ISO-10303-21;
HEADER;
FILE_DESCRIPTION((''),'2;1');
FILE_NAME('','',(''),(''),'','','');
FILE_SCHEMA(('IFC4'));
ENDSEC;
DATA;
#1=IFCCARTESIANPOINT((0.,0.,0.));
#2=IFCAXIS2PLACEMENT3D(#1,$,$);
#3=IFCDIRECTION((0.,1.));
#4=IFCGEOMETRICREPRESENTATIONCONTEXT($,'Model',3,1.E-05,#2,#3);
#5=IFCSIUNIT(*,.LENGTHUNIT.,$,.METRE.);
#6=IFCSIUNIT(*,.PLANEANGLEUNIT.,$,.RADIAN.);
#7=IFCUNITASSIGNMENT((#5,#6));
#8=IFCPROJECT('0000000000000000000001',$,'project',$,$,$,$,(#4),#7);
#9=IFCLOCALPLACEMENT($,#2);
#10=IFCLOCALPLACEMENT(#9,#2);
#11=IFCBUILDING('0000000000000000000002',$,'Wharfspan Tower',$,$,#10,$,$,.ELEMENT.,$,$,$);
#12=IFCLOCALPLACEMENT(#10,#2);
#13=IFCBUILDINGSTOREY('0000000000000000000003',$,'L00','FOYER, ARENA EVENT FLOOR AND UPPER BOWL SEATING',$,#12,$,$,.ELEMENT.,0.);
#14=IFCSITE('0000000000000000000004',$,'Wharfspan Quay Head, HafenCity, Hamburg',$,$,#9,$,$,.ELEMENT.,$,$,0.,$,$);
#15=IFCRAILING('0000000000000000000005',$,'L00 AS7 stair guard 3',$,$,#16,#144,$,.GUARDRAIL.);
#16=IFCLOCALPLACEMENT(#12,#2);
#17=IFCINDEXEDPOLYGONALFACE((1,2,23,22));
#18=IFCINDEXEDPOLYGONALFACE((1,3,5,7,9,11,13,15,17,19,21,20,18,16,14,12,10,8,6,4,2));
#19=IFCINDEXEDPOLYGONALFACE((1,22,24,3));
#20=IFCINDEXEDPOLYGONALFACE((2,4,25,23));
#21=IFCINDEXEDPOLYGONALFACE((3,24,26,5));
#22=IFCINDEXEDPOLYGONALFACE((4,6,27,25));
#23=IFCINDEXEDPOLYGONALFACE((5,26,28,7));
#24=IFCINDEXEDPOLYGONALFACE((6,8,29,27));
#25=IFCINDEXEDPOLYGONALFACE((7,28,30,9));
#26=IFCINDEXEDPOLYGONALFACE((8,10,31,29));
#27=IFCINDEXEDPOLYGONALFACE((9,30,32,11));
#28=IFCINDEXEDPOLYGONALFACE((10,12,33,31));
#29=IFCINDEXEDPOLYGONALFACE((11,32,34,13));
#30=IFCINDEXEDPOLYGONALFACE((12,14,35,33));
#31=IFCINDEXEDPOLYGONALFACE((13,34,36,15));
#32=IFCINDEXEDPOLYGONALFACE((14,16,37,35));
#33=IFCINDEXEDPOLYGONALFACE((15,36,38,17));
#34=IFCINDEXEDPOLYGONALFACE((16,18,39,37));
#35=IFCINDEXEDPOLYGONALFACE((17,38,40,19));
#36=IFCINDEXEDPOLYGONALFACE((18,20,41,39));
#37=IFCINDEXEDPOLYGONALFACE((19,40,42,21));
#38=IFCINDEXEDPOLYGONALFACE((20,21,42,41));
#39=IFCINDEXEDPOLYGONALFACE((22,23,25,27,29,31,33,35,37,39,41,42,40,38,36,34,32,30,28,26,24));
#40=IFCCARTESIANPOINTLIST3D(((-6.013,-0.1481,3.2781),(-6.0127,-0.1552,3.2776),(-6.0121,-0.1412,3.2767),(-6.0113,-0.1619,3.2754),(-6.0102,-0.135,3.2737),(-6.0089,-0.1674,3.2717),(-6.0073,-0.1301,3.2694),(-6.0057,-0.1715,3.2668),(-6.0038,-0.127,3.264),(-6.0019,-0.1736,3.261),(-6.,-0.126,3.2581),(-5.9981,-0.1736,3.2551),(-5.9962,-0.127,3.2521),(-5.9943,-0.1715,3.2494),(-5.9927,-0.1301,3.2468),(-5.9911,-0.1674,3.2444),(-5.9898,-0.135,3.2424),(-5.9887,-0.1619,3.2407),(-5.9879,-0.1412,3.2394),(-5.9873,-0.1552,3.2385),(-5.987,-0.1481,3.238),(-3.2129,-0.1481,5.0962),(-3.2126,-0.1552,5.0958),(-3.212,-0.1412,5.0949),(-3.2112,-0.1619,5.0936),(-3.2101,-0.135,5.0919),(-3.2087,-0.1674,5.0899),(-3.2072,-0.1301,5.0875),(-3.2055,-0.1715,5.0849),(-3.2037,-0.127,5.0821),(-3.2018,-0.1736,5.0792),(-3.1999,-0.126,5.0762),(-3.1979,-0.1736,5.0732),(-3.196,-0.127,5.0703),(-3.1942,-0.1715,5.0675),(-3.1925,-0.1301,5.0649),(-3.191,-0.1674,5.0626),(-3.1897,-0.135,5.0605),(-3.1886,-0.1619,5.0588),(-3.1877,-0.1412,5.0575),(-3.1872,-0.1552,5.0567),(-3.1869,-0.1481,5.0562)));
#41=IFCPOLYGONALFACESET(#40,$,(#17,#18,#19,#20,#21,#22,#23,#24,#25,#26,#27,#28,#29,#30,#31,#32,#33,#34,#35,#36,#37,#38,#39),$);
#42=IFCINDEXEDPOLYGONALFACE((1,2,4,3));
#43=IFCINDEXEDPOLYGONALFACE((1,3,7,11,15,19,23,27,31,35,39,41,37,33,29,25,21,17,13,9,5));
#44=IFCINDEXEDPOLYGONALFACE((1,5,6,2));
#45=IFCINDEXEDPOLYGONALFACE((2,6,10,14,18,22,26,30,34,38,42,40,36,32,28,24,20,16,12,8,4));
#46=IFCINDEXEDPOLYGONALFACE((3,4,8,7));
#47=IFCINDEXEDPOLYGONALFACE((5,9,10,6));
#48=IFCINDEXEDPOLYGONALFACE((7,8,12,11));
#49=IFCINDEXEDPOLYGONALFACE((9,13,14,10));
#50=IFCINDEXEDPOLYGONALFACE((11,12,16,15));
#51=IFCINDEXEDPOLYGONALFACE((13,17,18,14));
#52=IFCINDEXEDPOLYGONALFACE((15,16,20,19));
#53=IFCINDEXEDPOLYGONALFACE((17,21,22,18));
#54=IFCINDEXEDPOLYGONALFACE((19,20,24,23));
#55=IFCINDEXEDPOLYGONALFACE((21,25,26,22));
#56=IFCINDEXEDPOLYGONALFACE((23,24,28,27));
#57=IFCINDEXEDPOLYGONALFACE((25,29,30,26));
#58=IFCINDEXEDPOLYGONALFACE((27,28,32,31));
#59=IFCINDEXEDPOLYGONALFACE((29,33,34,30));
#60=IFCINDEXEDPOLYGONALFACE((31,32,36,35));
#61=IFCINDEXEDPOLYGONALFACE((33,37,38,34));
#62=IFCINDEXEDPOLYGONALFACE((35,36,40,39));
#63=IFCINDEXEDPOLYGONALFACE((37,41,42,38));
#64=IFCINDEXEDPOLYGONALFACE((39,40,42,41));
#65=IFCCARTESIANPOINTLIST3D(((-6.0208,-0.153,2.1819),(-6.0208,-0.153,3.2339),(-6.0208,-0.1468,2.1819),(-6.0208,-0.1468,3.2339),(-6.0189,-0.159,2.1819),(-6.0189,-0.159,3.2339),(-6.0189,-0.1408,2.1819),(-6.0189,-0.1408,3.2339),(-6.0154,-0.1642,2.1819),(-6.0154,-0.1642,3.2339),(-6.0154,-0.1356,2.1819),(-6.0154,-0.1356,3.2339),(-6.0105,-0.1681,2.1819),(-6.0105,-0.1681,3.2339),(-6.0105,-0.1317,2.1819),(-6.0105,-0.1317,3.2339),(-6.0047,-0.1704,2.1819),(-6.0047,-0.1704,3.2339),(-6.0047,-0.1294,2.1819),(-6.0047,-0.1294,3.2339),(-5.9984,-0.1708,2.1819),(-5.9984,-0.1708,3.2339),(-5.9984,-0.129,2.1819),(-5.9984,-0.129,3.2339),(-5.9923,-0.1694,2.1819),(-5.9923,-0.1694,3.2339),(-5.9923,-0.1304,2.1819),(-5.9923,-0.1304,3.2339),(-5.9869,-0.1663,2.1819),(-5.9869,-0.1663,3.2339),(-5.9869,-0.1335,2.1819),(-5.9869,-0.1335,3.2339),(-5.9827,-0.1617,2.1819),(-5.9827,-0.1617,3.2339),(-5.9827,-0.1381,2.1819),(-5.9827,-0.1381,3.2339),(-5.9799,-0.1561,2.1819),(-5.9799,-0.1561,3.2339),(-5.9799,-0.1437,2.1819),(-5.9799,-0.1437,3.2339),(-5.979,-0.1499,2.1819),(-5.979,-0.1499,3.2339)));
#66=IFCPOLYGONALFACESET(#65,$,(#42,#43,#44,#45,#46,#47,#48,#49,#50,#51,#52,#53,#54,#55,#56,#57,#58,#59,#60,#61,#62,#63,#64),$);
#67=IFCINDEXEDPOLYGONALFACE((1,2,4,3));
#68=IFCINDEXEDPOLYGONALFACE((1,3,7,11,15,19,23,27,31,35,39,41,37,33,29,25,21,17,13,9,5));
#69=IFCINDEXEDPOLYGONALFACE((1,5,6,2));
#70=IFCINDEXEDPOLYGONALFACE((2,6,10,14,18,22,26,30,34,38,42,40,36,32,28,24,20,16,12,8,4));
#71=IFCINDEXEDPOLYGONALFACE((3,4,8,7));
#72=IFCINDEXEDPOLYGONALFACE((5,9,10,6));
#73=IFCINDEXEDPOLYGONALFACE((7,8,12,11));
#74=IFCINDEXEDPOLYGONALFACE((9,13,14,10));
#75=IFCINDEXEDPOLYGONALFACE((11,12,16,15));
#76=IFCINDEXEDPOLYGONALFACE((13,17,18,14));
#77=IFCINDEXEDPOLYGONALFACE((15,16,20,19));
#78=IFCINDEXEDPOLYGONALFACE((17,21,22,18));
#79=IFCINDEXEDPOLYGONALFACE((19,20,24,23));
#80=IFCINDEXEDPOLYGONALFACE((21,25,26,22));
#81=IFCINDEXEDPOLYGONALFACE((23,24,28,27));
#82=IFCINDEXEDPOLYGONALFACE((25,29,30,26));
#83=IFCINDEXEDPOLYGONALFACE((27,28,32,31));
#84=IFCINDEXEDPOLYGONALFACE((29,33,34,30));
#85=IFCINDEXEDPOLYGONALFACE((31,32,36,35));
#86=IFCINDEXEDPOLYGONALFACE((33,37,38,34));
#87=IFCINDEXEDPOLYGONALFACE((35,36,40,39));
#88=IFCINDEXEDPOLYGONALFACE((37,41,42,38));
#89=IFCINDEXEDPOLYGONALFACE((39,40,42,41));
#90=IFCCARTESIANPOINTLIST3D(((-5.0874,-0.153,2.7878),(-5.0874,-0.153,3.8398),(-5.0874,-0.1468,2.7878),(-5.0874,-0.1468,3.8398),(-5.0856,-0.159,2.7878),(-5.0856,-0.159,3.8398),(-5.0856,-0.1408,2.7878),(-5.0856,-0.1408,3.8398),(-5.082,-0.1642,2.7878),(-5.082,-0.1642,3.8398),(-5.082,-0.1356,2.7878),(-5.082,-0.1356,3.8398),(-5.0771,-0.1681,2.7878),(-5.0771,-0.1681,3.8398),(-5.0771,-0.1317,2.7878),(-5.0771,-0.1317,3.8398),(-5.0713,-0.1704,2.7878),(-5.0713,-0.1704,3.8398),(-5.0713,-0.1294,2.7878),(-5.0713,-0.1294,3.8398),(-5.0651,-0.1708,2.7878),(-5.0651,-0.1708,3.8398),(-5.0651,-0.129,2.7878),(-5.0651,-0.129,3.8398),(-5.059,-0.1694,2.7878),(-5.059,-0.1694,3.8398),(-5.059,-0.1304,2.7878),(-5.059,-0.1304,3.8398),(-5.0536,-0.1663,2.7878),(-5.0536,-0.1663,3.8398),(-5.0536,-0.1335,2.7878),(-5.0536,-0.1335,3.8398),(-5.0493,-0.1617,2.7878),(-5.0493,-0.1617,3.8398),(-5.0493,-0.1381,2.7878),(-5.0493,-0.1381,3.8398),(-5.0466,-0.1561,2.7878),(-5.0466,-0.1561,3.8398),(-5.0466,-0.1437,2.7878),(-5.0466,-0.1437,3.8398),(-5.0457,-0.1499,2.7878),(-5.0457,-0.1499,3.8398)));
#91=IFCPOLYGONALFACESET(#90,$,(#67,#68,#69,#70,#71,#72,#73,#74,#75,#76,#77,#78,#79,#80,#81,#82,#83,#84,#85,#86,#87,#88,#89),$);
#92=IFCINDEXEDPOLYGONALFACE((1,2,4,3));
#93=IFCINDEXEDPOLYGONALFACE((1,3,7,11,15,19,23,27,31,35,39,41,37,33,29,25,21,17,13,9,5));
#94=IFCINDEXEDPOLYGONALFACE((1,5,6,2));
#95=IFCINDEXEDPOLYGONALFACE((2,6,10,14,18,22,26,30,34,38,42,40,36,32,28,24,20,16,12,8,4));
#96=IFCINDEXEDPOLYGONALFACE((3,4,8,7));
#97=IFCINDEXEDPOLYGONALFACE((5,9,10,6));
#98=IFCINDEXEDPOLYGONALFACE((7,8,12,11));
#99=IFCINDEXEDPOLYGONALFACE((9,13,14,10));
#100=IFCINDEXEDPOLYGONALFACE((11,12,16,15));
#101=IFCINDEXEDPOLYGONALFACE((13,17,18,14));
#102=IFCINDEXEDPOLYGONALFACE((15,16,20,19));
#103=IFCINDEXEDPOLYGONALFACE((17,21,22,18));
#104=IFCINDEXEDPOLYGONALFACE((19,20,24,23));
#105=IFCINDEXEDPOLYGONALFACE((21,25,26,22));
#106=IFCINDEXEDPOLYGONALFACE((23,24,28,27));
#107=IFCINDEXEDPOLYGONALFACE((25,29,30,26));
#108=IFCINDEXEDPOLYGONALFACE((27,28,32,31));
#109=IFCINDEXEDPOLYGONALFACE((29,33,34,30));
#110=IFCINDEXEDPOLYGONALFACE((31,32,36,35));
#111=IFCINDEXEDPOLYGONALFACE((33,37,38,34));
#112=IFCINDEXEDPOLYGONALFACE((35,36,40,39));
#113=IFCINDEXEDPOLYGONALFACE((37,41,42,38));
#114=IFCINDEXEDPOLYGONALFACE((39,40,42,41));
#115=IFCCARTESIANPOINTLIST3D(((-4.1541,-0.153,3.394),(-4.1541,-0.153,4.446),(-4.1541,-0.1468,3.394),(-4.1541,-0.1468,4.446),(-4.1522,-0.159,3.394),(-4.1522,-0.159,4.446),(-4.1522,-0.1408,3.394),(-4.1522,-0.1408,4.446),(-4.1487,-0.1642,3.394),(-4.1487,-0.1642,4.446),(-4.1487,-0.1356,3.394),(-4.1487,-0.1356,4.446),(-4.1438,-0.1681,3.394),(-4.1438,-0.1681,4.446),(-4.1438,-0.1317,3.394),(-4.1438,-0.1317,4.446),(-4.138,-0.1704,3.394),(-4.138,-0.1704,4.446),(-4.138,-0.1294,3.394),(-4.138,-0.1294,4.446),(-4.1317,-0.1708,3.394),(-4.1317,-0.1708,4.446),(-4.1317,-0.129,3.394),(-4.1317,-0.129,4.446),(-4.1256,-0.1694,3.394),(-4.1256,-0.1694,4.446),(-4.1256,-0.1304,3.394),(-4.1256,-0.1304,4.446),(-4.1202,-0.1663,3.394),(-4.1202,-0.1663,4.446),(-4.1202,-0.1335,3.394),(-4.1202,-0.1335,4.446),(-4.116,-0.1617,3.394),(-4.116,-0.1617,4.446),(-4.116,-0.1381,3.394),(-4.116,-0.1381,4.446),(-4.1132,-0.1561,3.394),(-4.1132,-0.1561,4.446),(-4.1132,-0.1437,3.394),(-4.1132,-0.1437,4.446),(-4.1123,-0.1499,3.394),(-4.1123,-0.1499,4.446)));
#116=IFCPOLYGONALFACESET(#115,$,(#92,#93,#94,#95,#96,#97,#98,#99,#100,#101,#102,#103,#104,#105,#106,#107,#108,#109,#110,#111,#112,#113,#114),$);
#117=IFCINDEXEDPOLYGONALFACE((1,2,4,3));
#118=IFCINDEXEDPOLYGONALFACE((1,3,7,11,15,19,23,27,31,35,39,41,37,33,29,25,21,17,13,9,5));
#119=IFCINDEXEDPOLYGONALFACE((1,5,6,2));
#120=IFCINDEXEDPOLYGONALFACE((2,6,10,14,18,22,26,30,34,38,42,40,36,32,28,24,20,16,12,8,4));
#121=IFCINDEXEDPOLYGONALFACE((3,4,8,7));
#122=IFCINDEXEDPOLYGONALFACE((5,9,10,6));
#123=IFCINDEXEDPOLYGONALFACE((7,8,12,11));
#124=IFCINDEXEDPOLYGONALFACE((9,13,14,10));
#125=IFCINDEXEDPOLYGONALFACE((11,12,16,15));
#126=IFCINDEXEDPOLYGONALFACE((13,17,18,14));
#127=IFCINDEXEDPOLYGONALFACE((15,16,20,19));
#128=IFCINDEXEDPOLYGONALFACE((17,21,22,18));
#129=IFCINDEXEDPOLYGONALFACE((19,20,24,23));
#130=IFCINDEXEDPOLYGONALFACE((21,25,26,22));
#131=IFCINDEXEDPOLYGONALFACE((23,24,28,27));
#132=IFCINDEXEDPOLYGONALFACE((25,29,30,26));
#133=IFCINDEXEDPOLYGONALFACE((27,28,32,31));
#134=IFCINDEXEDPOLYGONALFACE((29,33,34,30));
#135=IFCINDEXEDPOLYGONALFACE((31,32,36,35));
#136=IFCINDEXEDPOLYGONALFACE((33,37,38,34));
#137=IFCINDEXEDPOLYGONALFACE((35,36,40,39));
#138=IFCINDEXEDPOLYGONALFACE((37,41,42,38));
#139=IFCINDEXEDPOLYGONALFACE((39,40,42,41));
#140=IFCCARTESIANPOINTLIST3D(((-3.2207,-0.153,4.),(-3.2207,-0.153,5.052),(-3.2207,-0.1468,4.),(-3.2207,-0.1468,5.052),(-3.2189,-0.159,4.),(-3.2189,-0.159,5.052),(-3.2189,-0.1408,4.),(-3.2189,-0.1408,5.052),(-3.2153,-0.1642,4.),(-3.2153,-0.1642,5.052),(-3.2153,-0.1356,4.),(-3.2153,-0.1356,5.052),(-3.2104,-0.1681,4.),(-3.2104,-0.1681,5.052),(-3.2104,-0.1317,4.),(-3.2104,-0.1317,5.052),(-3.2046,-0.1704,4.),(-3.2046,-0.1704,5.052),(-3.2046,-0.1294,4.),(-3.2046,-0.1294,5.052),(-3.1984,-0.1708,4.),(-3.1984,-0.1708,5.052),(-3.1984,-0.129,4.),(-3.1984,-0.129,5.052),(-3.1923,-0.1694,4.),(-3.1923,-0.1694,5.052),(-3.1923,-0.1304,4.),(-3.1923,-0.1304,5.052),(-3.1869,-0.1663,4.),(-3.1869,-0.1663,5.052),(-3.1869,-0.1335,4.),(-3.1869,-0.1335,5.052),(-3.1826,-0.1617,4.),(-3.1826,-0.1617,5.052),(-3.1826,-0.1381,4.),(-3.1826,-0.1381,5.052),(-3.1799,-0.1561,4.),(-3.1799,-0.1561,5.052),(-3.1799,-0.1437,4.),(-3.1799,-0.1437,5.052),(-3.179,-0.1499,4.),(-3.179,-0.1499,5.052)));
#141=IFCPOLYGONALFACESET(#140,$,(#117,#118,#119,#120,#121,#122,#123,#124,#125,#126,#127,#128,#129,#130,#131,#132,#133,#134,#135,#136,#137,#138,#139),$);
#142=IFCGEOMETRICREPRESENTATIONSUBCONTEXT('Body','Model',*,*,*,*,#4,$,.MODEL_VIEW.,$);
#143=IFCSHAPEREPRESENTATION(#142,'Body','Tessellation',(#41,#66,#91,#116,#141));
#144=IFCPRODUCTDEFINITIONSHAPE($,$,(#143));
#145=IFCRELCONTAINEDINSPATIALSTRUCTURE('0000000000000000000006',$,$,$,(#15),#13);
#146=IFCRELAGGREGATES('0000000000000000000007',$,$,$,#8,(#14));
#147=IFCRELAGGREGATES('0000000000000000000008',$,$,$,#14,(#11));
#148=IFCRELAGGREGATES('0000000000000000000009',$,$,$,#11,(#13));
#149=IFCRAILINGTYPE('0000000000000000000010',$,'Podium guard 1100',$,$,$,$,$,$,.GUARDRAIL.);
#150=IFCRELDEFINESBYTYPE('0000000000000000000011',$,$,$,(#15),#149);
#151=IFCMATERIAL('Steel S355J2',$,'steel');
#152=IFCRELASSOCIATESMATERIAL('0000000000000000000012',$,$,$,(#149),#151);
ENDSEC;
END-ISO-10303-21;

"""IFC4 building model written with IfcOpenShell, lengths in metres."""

from ifc_helpers import new_model, si_unit, direction, frame, origin, origin_2d, place, context, subcontext, project, spatial, circle, extrude, material, type_object, element, save


model = new_model("IFC4")

# Units and contexts
model_context = context("Model", 3, precision=1e-05, world=origin(), true_north=direction((0.0, 1.0)))
body_context = subcontext(model_context, "Body", "Model", "MODEL_VIEW")
ifc_project = project(units=[si_unit("LENGTHUNIT", "METRE"), si_unit("PLANEANGLEUNIT", "RADIAN")], contexts=[model_context])

# Site, building, storey
site_placement = place(None, origin())
site = spatial("IfcSite", under=ifc_project, at=site_placement, Name="Wharfspan Quay Head, HafenCity, Hamburg", CompositionType="ELEMENT", RefElevation=0.0)
building_placement = place(site_placement, origin())
building = spatial("IfcBuilding", under=site, at=building_placement, Name="Wharfspan Tower", CompositionType="ELEMENT")
storey_placement = place(building_placement, origin())
storey = spatial("IfcBuildingStorey", under=building, at=storey_placement, Name="L00", Description="FOYER, ARENA EVENT FLOOR AND UPPER BOWL SEATING", CompositionType="ELEMENT", Elevation=0.0)

# Shared definitions
ifc_material_1 = material(Name="Steel S355J2", Category="steel")

# Railing
railing_type_1 = type_object("IfcRailingType", Name="Podium guard 1100", PredefinedType="GUARDRAIL", material=ifc_material_1)
for number, where, name in (
    (1, (-6.0, -0.1499, 2.1819), "L00 AS7 stair guard 3"),
):
    element("IfcRailing", number, at=place(storey_placement, frame(where)), inside=storey, type_object=railing_type_1, Name=name, PredefinedType="GUARDRAIL", context=body_context, shape_type="SweptSolid", body=[
        extrude(circle(Radius=0.0239, at=origin_2d()), frame((0.0, 0.0, 1.0762), z_axis=(0.838706, 0.0, 0.544585), x_axis=(0.0, 1.0, 0.0)), (0.0, 0.0, 1.0), 3.3386),
        extrude(circle(Radius=0.021, at=origin_2d()), origin(), (0.0, 0.0, 1.0), 1.052),
        extrude(circle(Radius=0.021, at=origin_2d()), frame((0.9334, 0.0, 0.606)), (0.0, 0.0, 1.0), 1.052),
        extrude(circle(Radius=0.021, at=origin_2d()), frame((1.8667, 0.0, 1.2122)), (0.0, 0.0, 1.0), 1.052),
        extrude(circle(Radius=0.021, at=origin_2d()), frame((2.8, 0.0, 1.8181)), (0.0, 0.0, 1.0), 1.052),
    ])

save(model, "model.ifc")
